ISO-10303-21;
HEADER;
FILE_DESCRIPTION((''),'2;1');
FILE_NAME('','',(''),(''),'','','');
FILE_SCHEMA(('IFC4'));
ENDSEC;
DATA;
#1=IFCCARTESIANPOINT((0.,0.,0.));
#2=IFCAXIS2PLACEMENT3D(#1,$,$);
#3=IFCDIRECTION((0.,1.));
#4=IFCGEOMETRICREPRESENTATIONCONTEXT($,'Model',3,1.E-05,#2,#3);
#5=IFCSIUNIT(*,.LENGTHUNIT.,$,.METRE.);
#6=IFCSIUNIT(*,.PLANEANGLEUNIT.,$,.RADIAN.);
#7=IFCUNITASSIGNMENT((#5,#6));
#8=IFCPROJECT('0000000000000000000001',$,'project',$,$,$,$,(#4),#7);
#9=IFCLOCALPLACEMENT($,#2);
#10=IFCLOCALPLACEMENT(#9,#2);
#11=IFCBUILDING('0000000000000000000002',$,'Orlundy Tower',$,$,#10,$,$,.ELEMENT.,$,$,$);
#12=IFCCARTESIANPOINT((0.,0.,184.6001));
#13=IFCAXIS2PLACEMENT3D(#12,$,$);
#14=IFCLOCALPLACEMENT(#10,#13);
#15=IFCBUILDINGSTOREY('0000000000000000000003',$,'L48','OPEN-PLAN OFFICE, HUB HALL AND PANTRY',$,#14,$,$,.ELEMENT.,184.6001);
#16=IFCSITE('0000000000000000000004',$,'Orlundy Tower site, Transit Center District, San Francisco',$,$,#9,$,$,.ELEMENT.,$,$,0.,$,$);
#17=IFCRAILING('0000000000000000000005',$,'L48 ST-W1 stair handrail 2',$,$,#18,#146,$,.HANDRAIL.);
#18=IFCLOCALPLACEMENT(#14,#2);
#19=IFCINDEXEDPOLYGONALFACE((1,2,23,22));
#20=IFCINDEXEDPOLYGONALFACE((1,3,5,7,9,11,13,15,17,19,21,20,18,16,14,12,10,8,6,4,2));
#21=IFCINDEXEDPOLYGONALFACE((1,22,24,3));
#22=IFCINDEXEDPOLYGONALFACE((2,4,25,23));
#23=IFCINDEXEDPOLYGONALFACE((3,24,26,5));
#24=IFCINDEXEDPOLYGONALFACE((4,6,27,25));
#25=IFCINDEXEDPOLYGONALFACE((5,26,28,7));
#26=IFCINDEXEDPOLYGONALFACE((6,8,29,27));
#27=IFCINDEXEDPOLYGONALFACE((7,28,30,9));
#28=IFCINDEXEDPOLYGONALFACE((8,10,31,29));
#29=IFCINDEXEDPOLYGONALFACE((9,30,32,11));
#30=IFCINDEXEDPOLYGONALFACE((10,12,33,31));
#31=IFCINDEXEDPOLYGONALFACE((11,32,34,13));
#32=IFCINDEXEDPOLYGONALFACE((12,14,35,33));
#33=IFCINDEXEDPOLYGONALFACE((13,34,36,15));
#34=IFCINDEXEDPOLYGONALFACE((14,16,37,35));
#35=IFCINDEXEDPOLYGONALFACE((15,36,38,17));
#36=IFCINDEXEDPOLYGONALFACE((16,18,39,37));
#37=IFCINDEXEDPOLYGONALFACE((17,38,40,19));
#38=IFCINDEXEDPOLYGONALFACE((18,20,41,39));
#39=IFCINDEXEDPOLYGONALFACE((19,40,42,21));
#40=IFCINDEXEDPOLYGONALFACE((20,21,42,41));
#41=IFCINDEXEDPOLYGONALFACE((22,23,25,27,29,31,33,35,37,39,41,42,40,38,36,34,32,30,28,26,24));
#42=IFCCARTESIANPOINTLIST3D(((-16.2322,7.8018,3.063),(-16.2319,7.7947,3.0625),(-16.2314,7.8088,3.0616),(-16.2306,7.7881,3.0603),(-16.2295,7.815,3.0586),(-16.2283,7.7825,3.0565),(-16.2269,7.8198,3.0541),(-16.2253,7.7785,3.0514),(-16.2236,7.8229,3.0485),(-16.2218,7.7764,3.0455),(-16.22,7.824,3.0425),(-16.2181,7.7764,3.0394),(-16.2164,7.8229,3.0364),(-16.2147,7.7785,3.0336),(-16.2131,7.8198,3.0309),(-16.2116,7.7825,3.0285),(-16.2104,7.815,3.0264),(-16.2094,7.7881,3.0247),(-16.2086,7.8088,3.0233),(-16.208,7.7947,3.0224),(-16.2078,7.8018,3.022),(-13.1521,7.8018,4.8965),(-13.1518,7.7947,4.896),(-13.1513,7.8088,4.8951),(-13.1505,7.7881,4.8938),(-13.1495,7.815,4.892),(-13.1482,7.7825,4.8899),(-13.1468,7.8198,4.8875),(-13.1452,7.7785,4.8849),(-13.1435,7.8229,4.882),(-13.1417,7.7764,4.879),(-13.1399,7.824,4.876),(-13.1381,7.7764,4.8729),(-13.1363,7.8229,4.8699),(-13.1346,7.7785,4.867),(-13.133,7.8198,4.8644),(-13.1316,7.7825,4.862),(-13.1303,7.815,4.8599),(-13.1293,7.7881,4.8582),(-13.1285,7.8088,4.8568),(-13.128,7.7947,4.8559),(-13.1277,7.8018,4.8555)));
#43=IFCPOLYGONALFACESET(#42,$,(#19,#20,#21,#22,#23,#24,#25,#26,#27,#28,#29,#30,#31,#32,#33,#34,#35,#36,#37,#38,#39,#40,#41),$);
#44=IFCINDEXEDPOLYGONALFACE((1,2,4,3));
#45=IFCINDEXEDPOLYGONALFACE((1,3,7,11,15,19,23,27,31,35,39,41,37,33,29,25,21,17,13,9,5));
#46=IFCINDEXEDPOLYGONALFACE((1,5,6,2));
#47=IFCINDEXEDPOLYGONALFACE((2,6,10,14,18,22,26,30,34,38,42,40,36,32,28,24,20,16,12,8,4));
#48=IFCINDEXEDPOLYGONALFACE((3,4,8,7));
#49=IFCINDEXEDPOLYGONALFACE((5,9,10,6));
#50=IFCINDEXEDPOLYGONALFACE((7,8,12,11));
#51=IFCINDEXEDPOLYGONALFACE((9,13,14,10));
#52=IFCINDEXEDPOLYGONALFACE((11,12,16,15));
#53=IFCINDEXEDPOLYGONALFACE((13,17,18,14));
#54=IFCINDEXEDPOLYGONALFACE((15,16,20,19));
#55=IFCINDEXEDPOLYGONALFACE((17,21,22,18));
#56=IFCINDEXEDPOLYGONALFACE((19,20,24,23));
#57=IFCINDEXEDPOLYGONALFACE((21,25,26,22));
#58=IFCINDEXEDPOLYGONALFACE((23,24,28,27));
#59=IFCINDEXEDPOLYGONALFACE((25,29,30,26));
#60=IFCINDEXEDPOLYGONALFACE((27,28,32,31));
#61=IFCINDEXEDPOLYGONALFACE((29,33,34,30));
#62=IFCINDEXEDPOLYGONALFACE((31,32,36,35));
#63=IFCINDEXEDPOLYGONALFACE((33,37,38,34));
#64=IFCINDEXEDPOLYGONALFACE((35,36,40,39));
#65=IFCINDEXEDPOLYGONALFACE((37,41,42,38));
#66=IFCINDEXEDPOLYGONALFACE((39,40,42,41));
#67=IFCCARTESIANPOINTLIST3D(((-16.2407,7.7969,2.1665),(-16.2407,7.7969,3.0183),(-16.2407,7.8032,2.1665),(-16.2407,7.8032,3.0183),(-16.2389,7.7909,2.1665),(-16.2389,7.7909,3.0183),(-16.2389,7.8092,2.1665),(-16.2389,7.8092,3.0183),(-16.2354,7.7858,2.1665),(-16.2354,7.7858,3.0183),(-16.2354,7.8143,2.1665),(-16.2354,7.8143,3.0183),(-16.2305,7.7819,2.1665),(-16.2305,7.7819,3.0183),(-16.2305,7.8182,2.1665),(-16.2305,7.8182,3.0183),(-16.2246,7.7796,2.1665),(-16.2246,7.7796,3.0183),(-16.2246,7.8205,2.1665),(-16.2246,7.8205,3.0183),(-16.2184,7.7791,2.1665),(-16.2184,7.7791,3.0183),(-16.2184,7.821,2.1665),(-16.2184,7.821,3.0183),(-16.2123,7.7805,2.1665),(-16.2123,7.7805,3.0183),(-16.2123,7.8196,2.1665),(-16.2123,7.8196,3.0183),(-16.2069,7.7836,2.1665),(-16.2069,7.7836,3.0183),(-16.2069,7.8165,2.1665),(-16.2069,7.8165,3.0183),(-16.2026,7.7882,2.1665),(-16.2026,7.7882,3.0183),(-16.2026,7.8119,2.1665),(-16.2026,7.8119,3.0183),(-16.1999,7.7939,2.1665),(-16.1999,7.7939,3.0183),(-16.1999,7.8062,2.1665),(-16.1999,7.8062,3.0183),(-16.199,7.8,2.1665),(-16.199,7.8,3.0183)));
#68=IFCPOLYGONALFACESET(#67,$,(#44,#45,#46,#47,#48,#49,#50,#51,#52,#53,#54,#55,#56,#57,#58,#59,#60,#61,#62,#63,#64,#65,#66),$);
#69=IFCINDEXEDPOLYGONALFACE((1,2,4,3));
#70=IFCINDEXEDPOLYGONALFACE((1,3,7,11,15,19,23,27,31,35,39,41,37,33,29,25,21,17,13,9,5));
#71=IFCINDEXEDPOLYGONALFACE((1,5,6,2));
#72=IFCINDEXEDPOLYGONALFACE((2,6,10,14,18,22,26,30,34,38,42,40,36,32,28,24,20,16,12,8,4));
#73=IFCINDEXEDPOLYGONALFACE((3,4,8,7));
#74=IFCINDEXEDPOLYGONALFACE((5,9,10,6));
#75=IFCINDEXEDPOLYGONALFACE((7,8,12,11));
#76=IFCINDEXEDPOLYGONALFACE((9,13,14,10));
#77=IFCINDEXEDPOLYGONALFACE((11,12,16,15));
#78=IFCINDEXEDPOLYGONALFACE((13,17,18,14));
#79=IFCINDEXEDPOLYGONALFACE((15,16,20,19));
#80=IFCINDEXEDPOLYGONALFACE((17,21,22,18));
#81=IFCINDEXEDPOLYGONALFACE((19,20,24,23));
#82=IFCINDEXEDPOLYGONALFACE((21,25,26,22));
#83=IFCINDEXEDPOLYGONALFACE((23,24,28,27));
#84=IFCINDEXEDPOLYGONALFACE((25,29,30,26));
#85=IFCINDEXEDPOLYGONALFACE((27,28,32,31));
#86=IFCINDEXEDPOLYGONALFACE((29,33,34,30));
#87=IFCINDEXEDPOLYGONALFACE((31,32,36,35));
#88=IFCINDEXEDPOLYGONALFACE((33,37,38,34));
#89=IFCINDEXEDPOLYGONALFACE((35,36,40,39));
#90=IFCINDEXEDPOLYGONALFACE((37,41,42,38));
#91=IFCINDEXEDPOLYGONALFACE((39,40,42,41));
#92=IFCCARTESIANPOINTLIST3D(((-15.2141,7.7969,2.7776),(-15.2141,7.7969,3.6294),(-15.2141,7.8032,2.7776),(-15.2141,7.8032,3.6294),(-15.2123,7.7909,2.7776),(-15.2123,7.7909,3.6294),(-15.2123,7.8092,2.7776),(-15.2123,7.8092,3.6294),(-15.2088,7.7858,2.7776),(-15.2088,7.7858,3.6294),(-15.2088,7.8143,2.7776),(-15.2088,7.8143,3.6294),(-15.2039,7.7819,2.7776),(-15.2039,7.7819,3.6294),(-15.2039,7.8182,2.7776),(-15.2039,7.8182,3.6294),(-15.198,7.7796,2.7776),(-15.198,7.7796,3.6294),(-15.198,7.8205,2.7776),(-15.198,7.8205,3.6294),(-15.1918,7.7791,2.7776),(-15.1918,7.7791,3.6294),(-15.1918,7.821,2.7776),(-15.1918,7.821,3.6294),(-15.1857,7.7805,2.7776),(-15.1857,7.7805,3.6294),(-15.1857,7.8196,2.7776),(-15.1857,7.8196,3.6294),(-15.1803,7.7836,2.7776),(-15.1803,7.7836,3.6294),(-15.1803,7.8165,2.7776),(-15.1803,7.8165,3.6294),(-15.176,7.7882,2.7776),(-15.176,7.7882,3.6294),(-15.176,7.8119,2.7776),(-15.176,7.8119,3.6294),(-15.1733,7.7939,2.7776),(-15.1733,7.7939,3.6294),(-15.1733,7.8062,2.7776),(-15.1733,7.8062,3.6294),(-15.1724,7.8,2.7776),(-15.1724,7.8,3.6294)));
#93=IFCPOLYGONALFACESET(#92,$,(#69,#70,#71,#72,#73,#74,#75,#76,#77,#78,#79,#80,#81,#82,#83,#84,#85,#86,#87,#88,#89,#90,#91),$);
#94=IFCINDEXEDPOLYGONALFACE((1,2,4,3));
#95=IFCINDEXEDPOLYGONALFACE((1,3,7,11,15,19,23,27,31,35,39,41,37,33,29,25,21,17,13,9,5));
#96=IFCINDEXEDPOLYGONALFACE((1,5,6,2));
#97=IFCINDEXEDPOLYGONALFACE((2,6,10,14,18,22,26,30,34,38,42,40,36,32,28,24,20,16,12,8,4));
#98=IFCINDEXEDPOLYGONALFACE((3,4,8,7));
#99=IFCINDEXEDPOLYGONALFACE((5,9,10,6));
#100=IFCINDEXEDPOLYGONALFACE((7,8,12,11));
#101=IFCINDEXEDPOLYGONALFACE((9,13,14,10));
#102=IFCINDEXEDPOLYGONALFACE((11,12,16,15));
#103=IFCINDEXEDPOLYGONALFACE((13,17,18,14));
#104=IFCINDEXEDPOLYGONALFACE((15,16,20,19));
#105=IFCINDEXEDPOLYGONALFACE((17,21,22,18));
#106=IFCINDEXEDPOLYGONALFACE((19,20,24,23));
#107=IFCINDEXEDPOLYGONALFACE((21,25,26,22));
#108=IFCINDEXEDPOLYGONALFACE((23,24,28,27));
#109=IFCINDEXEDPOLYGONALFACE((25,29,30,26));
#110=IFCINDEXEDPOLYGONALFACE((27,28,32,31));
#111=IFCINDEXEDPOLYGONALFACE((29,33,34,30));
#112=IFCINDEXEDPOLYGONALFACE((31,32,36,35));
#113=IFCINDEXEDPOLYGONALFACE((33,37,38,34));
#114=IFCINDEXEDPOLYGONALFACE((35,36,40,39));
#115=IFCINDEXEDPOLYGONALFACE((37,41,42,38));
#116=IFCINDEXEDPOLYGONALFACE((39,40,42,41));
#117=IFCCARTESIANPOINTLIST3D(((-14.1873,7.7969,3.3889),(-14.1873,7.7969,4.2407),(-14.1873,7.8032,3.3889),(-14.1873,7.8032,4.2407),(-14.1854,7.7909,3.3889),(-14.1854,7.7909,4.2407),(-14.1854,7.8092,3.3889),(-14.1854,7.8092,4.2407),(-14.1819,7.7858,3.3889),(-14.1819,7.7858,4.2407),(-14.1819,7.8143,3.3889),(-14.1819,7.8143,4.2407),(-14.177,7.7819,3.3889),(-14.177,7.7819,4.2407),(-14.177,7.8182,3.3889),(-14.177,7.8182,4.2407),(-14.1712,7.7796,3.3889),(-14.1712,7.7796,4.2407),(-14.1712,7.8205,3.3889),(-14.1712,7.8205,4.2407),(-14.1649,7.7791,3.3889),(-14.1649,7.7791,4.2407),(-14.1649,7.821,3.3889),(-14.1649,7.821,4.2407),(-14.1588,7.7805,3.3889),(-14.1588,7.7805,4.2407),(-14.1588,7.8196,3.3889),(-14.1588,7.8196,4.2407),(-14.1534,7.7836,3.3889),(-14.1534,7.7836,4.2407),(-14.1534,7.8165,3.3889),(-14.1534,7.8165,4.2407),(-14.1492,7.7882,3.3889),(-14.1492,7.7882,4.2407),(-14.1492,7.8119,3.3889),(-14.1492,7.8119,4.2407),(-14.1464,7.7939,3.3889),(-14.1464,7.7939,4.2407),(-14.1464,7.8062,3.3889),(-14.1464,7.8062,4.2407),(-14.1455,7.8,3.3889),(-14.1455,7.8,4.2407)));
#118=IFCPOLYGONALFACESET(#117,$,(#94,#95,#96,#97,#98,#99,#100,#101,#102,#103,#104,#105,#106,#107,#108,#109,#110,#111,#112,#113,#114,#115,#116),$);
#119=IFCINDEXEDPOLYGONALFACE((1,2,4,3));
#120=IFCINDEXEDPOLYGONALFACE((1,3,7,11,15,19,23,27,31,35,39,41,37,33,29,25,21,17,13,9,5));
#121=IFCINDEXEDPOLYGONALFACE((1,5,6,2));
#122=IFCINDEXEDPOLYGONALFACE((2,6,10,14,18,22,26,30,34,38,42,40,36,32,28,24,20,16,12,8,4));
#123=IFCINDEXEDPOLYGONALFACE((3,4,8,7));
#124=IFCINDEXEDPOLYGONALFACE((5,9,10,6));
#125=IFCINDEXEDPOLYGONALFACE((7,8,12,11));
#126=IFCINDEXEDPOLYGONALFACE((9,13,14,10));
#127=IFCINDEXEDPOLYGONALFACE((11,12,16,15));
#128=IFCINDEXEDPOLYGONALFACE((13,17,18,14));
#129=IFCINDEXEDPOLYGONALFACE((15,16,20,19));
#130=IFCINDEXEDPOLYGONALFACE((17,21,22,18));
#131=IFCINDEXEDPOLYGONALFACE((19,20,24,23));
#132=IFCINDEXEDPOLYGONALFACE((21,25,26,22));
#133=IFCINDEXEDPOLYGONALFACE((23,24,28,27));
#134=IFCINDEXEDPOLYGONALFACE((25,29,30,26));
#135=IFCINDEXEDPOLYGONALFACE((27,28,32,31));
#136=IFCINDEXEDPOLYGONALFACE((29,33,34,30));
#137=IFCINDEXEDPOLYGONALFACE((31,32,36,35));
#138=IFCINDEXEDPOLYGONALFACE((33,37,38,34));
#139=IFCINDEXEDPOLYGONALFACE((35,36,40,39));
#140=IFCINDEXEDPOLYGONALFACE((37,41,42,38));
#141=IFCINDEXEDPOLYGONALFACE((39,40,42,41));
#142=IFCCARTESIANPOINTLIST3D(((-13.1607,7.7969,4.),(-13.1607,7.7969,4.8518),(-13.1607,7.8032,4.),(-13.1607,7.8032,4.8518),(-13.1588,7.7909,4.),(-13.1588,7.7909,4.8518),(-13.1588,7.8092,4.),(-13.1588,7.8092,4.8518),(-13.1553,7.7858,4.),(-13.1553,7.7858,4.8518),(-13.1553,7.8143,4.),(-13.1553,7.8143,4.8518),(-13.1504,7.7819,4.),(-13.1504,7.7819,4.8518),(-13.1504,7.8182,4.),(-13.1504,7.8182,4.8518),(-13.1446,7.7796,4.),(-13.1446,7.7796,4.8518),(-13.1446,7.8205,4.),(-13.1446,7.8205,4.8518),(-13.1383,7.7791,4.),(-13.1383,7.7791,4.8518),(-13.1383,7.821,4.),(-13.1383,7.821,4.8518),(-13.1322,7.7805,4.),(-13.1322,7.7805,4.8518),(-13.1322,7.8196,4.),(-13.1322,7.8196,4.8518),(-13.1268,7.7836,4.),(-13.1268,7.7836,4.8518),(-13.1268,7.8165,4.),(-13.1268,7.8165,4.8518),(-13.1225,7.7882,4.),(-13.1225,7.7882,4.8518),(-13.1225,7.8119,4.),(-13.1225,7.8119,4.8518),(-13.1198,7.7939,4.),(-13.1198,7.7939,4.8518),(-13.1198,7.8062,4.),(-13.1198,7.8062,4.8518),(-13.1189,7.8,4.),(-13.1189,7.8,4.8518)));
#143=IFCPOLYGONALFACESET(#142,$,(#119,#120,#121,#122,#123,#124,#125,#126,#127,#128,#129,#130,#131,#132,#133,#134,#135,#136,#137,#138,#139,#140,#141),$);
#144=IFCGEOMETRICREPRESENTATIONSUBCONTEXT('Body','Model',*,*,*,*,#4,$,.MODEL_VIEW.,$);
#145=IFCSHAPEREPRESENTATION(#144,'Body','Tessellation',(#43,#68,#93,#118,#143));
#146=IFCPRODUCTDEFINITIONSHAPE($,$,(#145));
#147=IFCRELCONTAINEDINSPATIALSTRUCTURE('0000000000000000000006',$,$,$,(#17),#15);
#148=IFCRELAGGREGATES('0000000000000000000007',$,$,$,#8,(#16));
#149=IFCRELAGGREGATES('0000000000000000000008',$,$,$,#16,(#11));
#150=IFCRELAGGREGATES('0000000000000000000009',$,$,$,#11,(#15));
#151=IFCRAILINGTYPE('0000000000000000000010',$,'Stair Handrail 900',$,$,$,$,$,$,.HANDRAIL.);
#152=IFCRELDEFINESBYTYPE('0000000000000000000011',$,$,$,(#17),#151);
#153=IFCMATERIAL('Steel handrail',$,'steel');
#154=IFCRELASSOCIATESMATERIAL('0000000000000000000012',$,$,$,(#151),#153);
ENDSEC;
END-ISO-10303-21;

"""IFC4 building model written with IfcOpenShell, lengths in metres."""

from ifc_helpers import new_model, si_unit, direction, frame, origin, origin_2d, place, context, subcontext, project, spatial, circle, extrude, material, type_object, element, save


model = new_model("IFC4")

# Units and contexts
model_context = context("Model", 3, precision=1e-05, world=origin(), true_north=direction((0.0, 1.0)))
body_context = subcontext(model_context, "Body", "Model", "MODEL_VIEW")
ifc_project = project(units=[si_unit("LENGTHUNIT", "METRE"), si_unit("PLANEANGLEUNIT", "RADIAN")], contexts=[model_context])

# Site, building, storey
site_placement = place(None, origin())
site = spatial("IfcSite", under=ifc_project, at=site_placement, Name="Orlundy Tower site, Transit Center District, San Francisco", CompositionType="ELEMENT", RefElevation=0.0)
building_placement = place(site_placement, origin())
building = spatial("IfcBuilding", under=site, at=building_placement, Name="Orlundy Tower", CompositionType="ELEMENT")
storey_placement = place(building_placement, frame((0.0, 0.0, 184.6001)))
storey = spatial("IfcBuildingStorey", under=building, at=storey_placement, Name="L48", Description="OPEN-PLAN OFFICE, HUB HALL AND PANTRY", CompositionType="ELEMENT", Elevation=184.6001)

# Railing
ifc_material_1 = material(Name="Steel handrail", Category="steel")
railing_type_1 = type_object("IfcRailingType", Name="Stair Handrail 900", PredefinedType="HANDRAIL", material=ifc_material_1)
railing_1_placement = place(storey_placement, frame((-16.22, 7.8, 2.1665)))
element("IfcRailing", 1, at=railing_1_placement, inside=storey, type_object=railing_type_1, Name="L48 ST-W1 stair handrail 2", PredefinedType="HANDRAIL", context=body_context, shape_type="SweptSolid", body=[
    extrude(circle(Radius=0.0239, at=origin_2d()), frame((0.0, 0.0, 0.876), z_axis=(0.859279, 0.0, 0.511508), x_axis=(0.0, 1.0, 0.0)), (0.0, 0.0, 1.0), 3.5845),
    extrude(circle(Radius=0.021, at=origin_2d()), origin(), (0.0, 0.0, 1.0), 0.8518),
    extrude(circle(Radius=0.021, at=origin_2d()), frame((1.0266, 0.0, 0.6111)), (0.0, 0.0, 1.0), 0.8518),
    extrude(circle(Radius=0.021, at=origin_2d()), frame((2.0535, 0.0, 1.2224)), (0.0, 0.0, 1.0), 0.8518),
    extrude(circle(Radius=0.021, at=origin_2d()), frame((3.0801, 0.0, 1.8335)), (0.0, 0.0, 1.0), 0.8518),
])

save(model, "model.ifc")
